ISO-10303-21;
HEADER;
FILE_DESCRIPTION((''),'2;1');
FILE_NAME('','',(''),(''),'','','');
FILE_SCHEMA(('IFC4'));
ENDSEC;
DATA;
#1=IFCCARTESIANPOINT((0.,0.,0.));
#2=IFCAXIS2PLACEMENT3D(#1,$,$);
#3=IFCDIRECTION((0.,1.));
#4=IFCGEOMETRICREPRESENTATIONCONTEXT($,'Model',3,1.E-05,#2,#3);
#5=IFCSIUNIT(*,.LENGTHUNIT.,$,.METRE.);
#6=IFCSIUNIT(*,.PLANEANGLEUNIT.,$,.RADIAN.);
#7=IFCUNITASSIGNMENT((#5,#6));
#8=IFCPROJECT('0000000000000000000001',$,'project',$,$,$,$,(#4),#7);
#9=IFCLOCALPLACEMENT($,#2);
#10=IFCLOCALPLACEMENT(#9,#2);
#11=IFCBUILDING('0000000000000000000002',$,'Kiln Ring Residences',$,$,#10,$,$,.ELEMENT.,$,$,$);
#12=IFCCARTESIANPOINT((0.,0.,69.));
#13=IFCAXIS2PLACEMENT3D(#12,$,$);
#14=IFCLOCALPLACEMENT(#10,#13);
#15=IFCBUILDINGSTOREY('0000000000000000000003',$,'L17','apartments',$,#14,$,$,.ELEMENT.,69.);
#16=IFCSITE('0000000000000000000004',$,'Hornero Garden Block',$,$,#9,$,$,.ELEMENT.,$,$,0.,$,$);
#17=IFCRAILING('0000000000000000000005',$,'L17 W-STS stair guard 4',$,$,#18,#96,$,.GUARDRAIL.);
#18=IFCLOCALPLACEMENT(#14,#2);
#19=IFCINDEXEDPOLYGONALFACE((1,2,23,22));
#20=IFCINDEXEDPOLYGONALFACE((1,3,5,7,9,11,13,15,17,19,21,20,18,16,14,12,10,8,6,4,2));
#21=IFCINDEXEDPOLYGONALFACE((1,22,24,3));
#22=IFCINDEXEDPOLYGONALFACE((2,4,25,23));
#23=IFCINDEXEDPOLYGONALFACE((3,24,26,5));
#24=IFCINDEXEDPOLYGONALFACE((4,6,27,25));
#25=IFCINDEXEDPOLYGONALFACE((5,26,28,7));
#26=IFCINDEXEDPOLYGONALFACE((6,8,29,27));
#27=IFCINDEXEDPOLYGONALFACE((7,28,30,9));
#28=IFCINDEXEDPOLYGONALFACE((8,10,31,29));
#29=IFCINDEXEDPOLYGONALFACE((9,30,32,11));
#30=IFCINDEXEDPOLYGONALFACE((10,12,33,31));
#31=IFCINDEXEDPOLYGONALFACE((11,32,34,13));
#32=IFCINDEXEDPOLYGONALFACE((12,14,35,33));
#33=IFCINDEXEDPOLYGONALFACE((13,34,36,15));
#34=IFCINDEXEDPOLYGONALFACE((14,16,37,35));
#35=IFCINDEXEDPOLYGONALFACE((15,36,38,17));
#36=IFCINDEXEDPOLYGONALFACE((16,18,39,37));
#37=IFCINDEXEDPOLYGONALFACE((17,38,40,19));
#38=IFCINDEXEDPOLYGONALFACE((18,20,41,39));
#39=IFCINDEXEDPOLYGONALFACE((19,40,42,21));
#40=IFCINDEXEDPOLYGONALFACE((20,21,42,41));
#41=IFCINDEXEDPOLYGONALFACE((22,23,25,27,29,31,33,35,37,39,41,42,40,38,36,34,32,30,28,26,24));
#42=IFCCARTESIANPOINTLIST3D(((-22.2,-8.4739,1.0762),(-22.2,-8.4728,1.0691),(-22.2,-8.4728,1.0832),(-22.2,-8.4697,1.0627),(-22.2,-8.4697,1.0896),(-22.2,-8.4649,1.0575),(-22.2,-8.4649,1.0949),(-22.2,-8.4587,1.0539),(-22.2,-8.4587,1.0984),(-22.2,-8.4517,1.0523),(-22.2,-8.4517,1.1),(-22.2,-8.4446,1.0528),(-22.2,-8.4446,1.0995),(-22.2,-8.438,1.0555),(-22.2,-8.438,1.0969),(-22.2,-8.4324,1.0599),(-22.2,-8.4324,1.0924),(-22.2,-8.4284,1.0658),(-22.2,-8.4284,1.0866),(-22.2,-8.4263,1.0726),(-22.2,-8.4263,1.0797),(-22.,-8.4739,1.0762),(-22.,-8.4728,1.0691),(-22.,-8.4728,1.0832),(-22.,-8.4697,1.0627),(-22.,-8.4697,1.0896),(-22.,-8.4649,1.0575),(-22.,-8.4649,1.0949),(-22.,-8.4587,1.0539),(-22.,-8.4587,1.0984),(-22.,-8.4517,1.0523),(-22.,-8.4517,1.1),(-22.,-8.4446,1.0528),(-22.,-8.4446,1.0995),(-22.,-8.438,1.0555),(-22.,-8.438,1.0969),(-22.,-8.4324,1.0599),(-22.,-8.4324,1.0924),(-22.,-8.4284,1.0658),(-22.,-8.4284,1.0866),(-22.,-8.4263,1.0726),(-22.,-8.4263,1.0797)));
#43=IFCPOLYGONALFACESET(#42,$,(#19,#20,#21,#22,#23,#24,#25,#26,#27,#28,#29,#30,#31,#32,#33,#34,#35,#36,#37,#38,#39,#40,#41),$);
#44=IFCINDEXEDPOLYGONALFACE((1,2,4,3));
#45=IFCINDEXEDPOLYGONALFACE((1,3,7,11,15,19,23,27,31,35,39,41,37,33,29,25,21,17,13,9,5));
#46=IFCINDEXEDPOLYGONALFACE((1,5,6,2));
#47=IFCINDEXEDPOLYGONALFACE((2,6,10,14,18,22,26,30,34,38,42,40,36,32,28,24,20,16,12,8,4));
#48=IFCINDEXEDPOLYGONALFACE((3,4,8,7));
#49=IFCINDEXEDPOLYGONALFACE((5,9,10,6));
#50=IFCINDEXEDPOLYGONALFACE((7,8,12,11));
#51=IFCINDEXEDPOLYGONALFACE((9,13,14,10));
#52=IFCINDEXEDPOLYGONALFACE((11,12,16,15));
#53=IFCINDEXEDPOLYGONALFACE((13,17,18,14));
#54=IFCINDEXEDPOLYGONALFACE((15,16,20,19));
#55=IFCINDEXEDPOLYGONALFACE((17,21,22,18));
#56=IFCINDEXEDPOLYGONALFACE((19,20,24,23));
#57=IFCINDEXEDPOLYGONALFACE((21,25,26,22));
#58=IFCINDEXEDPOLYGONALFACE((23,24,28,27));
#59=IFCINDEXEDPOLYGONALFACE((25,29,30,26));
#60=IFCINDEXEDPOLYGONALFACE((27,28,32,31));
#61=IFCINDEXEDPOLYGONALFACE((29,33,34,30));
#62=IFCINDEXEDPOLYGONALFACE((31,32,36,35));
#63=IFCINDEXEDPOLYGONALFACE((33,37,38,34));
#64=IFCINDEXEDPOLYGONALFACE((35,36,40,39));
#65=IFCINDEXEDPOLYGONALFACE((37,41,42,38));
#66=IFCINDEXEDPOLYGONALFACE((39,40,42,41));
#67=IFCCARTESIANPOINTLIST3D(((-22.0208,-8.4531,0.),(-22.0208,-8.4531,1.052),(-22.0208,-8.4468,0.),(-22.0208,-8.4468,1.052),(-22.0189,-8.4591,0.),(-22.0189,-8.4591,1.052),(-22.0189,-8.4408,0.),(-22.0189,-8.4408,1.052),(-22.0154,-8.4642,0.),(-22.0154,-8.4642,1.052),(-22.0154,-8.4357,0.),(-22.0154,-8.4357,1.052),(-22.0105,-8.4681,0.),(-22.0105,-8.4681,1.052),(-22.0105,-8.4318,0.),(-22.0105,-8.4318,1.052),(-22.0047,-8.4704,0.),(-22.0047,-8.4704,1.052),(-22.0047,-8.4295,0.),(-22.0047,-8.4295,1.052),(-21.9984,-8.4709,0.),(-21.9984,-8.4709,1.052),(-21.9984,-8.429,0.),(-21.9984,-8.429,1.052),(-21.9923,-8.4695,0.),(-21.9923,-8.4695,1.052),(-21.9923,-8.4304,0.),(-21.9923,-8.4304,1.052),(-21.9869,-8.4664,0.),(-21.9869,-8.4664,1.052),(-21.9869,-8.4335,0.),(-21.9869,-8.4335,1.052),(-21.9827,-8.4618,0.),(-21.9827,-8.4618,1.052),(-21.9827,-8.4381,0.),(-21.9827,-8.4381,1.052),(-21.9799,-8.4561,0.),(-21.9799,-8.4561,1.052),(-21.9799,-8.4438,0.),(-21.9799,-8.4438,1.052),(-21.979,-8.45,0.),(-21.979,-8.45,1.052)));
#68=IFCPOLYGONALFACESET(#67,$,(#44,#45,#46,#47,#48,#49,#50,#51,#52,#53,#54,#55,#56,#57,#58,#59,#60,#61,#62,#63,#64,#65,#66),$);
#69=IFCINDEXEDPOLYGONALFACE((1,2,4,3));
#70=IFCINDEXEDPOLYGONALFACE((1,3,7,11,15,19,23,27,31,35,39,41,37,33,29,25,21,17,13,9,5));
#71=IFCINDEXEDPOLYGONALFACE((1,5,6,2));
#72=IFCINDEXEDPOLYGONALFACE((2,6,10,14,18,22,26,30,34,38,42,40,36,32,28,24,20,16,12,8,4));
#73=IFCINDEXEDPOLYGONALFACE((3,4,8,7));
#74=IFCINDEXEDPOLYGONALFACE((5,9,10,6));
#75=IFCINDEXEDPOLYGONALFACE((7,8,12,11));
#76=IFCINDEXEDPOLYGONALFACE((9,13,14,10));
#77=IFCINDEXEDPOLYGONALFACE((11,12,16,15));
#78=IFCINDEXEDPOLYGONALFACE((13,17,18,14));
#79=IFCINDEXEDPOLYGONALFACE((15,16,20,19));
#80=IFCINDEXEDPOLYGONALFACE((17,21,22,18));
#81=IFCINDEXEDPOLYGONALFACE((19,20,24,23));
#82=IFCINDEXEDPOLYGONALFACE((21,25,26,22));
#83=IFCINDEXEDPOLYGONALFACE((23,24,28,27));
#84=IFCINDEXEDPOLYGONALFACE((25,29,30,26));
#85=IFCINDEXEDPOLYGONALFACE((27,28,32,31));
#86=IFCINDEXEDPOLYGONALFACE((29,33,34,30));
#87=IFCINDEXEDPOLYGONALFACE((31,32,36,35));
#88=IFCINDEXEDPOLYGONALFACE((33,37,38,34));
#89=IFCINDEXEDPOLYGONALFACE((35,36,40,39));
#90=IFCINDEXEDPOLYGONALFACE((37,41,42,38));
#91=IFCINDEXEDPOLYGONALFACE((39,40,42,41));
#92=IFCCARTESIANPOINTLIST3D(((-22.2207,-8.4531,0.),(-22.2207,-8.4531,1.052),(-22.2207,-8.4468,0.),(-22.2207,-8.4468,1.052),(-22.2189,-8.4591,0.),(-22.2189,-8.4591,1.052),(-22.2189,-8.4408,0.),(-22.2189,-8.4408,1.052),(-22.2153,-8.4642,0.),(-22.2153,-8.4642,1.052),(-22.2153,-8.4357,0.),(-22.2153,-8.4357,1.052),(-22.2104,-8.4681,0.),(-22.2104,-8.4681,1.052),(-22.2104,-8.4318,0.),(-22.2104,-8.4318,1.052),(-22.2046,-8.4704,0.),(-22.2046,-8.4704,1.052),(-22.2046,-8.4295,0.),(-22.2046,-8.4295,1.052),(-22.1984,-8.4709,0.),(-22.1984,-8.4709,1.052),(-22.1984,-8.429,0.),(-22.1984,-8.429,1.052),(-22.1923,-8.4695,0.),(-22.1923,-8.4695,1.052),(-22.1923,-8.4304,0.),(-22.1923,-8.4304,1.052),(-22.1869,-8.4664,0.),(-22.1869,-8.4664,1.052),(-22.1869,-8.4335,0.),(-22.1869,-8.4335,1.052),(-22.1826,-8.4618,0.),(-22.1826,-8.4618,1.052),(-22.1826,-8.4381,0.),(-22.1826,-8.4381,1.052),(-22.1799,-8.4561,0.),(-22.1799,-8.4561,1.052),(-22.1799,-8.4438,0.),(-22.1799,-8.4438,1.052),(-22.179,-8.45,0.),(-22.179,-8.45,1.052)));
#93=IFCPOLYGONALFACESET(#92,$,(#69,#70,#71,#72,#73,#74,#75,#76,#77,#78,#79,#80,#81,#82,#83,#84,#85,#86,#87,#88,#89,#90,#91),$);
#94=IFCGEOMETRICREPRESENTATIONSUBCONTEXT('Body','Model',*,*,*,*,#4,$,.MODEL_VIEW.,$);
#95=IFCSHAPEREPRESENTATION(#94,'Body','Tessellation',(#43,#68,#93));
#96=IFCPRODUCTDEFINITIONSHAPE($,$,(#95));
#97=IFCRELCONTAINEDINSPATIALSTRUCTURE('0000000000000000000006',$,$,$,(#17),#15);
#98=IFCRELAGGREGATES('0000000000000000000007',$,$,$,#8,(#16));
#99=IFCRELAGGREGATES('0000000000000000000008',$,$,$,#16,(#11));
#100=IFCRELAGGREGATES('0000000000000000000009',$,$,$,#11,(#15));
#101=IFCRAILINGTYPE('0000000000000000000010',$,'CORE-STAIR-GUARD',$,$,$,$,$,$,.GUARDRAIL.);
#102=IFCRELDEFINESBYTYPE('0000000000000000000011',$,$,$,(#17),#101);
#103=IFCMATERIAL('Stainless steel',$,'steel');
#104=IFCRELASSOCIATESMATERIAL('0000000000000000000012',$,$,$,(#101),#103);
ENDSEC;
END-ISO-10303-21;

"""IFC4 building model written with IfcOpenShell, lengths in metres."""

from ifc_helpers import new_model, si_unit, direction, frame, origin, origin_2d, place, context, subcontext, project, spatial, circle, extrude, material, type_object, element, save


model = new_model("IFC4")

# Units and contexts
model_context = context("Model", 3, precision=1e-05, world=origin(), true_north=direction((0.0, 1.0)))
body_context = subcontext(model_context, "Body", "Model", "MODEL_VIEW")
ifc_project = project(units=[si_unit("LENGTHUNIT", "METRE"), si_unit("PLANEANGLEUNIT", "RADIAN")], contexts=[model_context])

# Site, building, storey
site_placement = place(None, origin())
site = spatial("IfcSite", under=ifc_project, at=site_placement, Name="Hornero Garden Block", CompositionType="ELEMENT", RefElevation=0.0)
building_placement = place(site_placement, origin())
building = spatial("IfcBuilding", under=site, at=building_placement, Name="Kiln Ring Residences", CompositionType="ELEMENT")
storey_placement = place(building_placement, frame((0.0, 0.0, 69.0)))
storey = spatial("IfcBuildingStorey", under=building, at=storey_placement, Name="L17", Description="apartments", CompositionType="ELEMENT", Elevation=69.0)

# Railing
ifc_material_1 = material(Name="Stainless steel", Category="steel")
railing_type_1 = type_object("IfcRailingType", Name="CORE-STAIR-GUARD", PredefinedType="GUARDRAIL", material=ifc_material_1)
railing_1_placement = place(storey_placement, frame((-22.0, -8.45, 0.0)))
element("IfcRailing", 1, at=railing_1_placement, inside=storey, type_object=railing_type_1, Name="L17 W-STS stair guard 4", PredefinedType="GUARDRAIL", context=body_context, shape_type="SweptSolid", body=[
    extrude(circle(Radius=0.0239, at=origin_2d()), frame((0.0, 0.0, 1.0762), z_axis=(-1.0, 0.0, 0.0), x_axis=(0.0, -1.0, 0.0)), (0.0, 0.0, 1.0), 0.2),
    extrude(circle(Radius=0.021, at=origin_2d()), origin(), (0.0, 0.0, 1.0), 1.052),
    extrude(circle(Radius=0.021, at=origin_2d()), frame((-0.2, 0.0, 0.0)), (0.0, 0.0, 1.0), 1.052),
])

save(model, "model.ifc")
